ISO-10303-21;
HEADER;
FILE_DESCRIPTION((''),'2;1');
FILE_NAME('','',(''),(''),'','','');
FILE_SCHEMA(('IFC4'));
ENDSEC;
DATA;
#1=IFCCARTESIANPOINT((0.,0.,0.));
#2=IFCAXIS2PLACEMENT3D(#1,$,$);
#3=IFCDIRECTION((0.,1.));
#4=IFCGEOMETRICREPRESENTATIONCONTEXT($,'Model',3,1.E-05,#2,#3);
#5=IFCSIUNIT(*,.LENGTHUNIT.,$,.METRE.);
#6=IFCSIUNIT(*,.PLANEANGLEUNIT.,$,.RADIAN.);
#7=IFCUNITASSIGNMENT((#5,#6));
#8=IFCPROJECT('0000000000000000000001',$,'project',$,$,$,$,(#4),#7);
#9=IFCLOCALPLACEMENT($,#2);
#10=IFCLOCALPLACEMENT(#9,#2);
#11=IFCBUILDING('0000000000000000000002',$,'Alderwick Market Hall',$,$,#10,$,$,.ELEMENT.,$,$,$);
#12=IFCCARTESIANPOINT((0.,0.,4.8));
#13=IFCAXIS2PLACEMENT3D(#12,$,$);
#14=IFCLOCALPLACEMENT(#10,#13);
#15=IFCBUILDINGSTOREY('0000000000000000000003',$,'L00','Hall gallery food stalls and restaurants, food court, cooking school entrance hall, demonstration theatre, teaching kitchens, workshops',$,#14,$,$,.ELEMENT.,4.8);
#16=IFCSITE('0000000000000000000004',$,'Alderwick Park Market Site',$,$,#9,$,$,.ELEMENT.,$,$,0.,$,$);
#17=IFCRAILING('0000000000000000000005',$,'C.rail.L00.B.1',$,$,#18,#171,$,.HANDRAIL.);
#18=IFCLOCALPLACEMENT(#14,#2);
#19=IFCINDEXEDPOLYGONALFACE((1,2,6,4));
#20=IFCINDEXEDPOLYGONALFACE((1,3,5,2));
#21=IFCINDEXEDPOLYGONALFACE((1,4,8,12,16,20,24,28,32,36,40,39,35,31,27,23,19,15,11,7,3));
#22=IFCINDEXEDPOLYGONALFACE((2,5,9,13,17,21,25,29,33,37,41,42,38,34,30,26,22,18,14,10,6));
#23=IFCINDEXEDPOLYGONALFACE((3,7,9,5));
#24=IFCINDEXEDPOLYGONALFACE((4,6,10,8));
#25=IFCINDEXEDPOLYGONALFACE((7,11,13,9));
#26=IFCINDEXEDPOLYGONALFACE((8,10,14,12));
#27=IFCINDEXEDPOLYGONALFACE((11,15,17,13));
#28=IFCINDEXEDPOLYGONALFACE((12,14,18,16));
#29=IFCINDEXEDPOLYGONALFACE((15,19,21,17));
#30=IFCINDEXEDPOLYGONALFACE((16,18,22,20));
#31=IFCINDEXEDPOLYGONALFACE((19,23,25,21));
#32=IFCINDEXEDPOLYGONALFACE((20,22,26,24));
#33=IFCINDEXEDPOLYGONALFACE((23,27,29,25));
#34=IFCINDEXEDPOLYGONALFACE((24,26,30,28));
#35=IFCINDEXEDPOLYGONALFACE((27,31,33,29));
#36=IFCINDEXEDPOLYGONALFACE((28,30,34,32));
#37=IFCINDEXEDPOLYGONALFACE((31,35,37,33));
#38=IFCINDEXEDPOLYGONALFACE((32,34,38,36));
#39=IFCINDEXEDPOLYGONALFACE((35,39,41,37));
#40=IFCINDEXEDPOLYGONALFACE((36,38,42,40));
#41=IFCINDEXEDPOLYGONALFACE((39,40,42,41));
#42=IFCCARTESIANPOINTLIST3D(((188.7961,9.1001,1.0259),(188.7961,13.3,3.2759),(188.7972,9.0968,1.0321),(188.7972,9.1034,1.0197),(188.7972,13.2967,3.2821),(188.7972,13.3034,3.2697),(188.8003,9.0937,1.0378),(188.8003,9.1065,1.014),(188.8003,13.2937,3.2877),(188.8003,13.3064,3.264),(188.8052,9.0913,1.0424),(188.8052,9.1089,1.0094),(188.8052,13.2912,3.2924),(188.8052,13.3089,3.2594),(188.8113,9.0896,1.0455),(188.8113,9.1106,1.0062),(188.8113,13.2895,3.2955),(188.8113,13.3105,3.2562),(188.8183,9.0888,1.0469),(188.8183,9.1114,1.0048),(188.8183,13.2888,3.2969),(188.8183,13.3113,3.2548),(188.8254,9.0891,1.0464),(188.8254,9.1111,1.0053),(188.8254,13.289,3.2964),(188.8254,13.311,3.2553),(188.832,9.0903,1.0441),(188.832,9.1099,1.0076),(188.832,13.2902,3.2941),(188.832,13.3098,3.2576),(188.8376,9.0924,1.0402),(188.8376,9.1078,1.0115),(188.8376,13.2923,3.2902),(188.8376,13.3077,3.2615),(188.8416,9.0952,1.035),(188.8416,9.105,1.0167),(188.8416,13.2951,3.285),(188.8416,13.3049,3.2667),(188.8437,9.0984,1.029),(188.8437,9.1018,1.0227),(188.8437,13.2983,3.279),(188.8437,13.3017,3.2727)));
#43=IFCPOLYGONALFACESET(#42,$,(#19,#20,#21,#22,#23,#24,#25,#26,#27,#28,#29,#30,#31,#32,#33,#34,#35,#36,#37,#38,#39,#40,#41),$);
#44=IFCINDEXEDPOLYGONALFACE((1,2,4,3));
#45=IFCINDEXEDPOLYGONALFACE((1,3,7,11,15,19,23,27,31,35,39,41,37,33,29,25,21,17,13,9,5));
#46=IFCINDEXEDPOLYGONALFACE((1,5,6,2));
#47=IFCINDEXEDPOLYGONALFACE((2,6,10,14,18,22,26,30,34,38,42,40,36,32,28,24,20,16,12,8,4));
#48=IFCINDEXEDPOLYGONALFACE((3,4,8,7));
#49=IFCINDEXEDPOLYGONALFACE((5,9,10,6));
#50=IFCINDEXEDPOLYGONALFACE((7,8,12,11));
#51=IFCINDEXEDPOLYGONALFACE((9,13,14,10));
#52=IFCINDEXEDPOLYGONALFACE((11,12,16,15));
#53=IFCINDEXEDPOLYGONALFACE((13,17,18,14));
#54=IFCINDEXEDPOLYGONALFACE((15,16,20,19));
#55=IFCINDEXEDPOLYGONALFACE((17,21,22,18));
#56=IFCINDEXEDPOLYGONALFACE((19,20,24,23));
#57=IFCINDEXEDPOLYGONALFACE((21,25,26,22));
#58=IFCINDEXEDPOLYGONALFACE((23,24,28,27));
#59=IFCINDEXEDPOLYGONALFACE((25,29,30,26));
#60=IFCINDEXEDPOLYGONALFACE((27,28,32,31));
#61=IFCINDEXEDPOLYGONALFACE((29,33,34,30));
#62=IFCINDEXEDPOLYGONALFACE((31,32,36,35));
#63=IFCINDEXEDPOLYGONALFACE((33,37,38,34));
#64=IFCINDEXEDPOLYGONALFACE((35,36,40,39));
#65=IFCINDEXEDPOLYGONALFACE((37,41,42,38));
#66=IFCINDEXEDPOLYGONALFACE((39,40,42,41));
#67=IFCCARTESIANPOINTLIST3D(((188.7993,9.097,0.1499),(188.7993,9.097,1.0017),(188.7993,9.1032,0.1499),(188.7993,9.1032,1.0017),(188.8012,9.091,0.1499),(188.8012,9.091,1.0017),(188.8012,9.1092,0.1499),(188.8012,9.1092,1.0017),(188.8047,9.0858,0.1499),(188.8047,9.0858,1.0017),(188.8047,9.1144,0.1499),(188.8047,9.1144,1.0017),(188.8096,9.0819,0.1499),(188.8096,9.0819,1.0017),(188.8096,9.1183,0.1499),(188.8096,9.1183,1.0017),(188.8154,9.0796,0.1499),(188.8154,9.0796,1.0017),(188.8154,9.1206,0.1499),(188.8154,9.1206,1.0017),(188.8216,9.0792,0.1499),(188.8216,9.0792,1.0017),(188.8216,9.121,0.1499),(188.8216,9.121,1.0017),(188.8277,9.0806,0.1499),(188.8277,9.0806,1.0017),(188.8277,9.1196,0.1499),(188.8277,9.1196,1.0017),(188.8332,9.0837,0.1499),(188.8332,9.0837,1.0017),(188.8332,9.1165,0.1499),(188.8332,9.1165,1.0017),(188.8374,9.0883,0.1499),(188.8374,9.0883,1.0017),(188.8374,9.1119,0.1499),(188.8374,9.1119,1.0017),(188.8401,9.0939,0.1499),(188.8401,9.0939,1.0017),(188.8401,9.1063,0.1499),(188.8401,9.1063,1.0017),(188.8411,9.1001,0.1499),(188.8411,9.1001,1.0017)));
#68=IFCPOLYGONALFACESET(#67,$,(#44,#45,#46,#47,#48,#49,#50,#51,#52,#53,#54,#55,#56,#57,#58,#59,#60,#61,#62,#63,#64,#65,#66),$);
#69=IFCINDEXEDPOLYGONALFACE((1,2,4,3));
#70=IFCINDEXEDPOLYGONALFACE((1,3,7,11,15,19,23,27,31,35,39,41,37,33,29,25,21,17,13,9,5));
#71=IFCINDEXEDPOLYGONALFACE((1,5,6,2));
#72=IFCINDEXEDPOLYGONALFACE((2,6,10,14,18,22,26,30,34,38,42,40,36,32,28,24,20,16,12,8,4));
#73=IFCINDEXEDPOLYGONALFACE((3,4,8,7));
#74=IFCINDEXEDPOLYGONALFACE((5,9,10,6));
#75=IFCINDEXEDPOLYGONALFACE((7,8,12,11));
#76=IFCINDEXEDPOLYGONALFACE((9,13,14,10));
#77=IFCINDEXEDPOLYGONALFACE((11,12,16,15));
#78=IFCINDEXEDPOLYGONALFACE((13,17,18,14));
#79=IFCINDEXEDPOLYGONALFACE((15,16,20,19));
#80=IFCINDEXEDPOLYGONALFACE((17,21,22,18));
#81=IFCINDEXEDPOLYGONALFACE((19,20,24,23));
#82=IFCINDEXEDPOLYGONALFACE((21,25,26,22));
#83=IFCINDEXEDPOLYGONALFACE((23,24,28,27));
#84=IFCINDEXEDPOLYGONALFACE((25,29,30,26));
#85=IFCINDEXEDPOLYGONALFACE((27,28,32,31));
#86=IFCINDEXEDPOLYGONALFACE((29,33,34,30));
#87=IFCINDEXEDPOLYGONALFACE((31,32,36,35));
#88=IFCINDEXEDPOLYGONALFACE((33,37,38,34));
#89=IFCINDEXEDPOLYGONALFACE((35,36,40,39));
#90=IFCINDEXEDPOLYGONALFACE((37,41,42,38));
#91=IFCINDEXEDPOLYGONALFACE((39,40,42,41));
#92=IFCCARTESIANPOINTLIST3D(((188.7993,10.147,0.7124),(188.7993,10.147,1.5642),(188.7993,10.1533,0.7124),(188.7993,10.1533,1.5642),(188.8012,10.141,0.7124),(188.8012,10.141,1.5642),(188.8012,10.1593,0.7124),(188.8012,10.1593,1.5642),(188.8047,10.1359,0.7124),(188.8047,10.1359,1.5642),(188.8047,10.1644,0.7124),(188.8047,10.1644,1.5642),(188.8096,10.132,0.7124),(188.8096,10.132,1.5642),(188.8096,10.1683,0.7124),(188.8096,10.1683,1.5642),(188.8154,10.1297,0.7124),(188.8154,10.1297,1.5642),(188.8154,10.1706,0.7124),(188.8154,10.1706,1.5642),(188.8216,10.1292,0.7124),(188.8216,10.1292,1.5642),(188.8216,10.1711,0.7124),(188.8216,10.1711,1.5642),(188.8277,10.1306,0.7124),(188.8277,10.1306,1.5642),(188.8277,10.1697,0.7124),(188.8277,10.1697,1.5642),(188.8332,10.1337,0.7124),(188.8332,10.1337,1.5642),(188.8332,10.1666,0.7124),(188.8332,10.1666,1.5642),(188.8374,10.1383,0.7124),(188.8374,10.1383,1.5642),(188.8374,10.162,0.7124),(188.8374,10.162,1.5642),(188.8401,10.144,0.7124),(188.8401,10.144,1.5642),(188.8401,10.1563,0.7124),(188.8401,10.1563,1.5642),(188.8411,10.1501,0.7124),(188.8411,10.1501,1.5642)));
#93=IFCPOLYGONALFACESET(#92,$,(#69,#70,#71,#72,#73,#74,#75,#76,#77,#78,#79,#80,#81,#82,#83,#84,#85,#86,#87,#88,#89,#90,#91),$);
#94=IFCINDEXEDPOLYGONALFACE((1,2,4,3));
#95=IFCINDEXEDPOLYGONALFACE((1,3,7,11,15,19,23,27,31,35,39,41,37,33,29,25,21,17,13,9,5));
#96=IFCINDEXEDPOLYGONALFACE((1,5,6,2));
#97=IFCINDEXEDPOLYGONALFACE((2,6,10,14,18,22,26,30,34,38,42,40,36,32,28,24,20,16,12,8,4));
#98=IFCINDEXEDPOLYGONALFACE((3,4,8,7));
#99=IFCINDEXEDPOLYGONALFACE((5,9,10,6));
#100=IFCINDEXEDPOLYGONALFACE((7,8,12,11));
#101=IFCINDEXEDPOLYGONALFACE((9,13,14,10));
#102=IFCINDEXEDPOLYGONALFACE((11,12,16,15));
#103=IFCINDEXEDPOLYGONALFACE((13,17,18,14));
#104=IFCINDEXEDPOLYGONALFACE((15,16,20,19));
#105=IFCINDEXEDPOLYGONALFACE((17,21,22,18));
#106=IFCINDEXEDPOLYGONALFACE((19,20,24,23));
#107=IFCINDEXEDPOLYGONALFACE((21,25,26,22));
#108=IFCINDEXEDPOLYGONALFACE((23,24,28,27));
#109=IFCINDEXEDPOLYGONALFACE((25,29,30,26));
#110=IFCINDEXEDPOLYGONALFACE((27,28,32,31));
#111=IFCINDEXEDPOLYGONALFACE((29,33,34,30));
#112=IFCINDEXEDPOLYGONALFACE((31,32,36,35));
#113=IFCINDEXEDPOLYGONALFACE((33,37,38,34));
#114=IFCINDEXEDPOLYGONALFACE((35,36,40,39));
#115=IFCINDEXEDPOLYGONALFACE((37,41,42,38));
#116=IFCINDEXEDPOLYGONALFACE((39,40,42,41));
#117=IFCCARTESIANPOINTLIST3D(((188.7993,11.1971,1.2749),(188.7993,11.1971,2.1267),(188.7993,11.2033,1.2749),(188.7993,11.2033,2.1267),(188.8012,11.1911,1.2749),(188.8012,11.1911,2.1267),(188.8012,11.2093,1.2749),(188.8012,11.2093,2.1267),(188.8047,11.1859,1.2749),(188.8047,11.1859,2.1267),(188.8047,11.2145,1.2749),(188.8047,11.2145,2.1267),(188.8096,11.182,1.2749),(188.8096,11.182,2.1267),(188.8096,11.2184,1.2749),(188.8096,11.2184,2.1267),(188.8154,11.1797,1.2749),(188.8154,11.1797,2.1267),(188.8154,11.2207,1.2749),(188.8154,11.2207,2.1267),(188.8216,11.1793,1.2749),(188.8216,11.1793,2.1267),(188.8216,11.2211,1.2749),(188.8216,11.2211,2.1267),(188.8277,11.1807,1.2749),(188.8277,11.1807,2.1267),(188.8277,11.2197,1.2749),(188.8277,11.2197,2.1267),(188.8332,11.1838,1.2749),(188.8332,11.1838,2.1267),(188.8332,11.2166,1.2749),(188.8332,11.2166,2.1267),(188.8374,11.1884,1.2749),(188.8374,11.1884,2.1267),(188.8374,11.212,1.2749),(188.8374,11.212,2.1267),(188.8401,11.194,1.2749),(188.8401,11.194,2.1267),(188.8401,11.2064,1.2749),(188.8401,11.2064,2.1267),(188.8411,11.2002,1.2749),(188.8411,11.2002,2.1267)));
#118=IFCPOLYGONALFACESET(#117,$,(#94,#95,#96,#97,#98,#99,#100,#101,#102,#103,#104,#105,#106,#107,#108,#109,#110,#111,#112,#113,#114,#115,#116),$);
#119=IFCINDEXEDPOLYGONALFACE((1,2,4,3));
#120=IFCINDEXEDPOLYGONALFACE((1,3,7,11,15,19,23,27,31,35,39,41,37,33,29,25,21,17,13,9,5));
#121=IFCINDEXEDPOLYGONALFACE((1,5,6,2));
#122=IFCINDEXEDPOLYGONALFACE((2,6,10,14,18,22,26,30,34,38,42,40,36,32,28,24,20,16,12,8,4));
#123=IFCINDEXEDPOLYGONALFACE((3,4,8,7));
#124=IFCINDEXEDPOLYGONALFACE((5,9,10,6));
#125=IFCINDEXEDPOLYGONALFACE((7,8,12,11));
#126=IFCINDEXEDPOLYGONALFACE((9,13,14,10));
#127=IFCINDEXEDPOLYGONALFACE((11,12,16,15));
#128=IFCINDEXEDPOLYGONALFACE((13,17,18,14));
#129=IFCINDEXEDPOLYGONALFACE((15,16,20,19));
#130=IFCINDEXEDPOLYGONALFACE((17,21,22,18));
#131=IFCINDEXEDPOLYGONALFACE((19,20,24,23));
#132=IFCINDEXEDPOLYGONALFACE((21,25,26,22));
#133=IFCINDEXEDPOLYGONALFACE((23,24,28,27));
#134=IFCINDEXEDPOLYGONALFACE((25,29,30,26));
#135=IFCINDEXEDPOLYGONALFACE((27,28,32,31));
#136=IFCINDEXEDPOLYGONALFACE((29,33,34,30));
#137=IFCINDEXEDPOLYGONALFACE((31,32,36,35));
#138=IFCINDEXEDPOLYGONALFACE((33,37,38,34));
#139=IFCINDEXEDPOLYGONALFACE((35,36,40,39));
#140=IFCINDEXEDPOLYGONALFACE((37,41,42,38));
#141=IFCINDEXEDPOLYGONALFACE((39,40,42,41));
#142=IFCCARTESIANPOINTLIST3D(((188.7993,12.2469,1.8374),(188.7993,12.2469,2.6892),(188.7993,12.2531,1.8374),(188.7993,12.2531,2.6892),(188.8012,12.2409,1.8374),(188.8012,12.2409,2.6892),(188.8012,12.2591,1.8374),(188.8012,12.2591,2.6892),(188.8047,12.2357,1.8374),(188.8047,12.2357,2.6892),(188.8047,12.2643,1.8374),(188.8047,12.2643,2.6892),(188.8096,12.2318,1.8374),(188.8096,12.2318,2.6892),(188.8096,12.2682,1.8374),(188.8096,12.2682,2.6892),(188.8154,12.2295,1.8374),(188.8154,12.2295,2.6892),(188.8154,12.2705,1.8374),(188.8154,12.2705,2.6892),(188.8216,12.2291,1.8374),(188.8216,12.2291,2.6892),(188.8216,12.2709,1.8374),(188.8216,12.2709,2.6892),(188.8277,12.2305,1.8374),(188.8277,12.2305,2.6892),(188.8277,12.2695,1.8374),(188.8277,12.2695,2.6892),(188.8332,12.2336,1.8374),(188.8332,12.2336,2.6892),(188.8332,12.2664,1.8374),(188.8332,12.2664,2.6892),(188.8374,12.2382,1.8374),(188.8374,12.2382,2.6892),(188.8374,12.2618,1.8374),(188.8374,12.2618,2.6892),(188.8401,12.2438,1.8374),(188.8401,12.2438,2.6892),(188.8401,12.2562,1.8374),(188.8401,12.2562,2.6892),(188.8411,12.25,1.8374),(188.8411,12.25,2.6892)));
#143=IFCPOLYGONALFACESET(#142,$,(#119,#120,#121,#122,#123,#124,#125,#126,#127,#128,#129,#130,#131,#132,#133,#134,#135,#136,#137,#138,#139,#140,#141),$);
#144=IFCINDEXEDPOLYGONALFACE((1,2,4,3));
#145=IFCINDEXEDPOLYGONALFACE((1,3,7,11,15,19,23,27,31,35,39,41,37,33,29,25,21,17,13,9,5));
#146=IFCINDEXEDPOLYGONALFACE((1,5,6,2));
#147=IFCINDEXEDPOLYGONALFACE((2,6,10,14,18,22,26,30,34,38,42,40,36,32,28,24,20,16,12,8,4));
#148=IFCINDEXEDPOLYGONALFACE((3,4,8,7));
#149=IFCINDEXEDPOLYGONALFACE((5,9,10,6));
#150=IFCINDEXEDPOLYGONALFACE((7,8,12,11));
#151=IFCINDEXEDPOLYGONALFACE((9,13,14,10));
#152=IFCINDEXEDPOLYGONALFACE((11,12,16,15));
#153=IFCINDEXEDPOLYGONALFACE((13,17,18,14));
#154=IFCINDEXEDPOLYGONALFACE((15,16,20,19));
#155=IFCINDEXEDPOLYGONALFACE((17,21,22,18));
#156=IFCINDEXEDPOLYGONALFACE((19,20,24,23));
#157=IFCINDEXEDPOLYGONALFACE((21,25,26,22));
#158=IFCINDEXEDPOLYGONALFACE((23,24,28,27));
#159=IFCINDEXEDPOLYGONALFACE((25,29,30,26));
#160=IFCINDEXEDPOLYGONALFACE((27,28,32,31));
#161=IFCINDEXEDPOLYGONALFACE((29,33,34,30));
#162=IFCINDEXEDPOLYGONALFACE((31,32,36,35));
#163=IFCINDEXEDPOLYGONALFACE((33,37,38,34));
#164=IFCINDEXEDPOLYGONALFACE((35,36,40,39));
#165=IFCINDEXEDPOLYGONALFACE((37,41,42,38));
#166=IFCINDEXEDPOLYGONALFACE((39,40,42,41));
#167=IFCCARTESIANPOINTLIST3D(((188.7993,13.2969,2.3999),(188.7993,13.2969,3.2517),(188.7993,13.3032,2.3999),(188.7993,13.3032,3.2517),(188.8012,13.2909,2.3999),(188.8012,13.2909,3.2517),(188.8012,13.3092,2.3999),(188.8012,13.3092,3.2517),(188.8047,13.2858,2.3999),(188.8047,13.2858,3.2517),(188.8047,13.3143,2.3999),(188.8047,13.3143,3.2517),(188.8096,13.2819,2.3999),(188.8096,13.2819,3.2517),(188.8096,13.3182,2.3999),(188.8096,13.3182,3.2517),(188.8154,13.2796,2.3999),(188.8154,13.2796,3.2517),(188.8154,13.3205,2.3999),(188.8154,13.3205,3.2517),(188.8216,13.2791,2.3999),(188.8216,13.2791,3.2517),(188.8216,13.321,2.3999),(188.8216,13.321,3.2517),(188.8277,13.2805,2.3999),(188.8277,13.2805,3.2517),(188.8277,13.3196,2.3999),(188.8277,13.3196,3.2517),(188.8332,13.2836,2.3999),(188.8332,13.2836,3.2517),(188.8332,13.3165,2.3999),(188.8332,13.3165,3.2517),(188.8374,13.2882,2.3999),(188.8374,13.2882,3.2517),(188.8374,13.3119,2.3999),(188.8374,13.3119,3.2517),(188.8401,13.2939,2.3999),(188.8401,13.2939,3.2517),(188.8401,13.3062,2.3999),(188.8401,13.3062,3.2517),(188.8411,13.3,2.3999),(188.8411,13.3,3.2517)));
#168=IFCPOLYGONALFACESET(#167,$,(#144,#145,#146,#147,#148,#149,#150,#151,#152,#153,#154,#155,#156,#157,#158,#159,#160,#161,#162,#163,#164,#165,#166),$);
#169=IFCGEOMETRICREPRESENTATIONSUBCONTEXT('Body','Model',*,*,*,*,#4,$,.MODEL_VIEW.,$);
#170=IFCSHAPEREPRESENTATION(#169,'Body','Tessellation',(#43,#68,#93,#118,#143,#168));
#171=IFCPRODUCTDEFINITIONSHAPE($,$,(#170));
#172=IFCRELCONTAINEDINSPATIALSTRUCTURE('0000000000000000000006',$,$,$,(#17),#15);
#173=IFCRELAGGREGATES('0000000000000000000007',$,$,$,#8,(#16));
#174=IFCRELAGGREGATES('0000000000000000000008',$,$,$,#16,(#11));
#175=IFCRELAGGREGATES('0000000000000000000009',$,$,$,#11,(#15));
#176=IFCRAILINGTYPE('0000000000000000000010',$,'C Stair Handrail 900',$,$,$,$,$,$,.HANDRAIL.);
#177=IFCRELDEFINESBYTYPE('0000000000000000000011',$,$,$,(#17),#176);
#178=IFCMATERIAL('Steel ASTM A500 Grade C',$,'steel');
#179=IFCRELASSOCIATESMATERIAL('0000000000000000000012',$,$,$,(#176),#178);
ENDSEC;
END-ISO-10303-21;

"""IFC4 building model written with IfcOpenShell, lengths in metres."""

from ifc_helpers import new_model, si_unit, direction, frame, origin, origin_2d, place, context, subcontext, project, spatial, circle, extrude, material, type_object, element, save


model = new_model("IFC4")

# Units and contexts
model_context = context("Model", 3, precision=1e-05, world=origin(), true_north=direction((0.0, 1.0)))
body_context = subcontext(model_context, "Body", "Model", "MODEL_VIEW")
ifc_project = project(units=[si_unit("LENGTHUNIT", "METRE"), si_unit("PLANEANGLEUNIT", "RADIAN")], contexts=[model_context])

# Site, building, storey
site_placement = place(None, origin())
site = spatial("IfcSite", under=ifc_project, at=site_placement, Name="Alderwick Park Market Site", CompositionType="ELEMENT", RefElevation=0.0)
building_placement = place(site_placement, origin())
building = spatial("IfcBuilding", under=site, at=building_placement, Name="Alderwick Market Hall", CompositionType="ELEMENT")
storey_placement = place(building_placement, frame((0.0, 0.0, 4.8)))
storey = spatial("IfcBuildingStorey", under=building, at=storey_placement, Name="L00", Description="Hall gallery food stalls and restaurants, food court, cooking school entrance hall, demonstration theatre, teaching kitchens, workshops", CompositionType="ELEMENT", Elevation=4.8)

# Railing
ifc_material_1 = material(Name="Steel ASTM A500 Grade C", Category="steel")
railing_type_1 = type_object("IfcRailingType", Name="C Stair Handrail 900", PredefinedType="HANDRAIL", material=ifc_material_1)
for number, where, name in (
    (1, (188.8201, 9.1001, 0.1499), "C.rail.L00.B.1"),
):
    element("IfcRailing", number, at=place(storey_placement, frame(where)), inside=storey, type_object=railing_type_1, Name=name, PredefinedType="HANDRAIL", context=body_context, shape_type="SweptSolid", body=[
        extrude(circle(Radius=0.0239, at=origin_2d()), frame((0.0, 0.0, 0.876), z_axis=(0.0, 0.881478, 0.472226), x_axis=(-1.0, 0.0, 0.0)), (0.0, 0.0, 1.0), 4.7646),
        extrude(circle(Radius=0.021, at=origin_2d()), origin(), (0.0, 0.0, 1.0), 0.8518),
        extrude(circle(Radius=0.021, at=origin_2d()), frame((0.0, 1.05, 0.5625)), (0.0, 0.0, 1.0), 0.8518),
        extrude(circle(Radius=0.021, at=origin_2d()), frame((0.0, 2.1001, 1.125)), (0.0, 0.0, 1.0), 0.8518),
        extrude(circle(Radius=0.021, at=origin_2d()), frame((0.0, 3.1499, 1.6875)), (0.0, 0.0, 1.0), 0.8518),
        extrude(circle(Radius=0.021, at=origin_2d()), frame((0.0, 4.2, 2.25)), (0.0, 0.0, 1.0), 0.8518),
    ])

save(model, "model.ifc")
